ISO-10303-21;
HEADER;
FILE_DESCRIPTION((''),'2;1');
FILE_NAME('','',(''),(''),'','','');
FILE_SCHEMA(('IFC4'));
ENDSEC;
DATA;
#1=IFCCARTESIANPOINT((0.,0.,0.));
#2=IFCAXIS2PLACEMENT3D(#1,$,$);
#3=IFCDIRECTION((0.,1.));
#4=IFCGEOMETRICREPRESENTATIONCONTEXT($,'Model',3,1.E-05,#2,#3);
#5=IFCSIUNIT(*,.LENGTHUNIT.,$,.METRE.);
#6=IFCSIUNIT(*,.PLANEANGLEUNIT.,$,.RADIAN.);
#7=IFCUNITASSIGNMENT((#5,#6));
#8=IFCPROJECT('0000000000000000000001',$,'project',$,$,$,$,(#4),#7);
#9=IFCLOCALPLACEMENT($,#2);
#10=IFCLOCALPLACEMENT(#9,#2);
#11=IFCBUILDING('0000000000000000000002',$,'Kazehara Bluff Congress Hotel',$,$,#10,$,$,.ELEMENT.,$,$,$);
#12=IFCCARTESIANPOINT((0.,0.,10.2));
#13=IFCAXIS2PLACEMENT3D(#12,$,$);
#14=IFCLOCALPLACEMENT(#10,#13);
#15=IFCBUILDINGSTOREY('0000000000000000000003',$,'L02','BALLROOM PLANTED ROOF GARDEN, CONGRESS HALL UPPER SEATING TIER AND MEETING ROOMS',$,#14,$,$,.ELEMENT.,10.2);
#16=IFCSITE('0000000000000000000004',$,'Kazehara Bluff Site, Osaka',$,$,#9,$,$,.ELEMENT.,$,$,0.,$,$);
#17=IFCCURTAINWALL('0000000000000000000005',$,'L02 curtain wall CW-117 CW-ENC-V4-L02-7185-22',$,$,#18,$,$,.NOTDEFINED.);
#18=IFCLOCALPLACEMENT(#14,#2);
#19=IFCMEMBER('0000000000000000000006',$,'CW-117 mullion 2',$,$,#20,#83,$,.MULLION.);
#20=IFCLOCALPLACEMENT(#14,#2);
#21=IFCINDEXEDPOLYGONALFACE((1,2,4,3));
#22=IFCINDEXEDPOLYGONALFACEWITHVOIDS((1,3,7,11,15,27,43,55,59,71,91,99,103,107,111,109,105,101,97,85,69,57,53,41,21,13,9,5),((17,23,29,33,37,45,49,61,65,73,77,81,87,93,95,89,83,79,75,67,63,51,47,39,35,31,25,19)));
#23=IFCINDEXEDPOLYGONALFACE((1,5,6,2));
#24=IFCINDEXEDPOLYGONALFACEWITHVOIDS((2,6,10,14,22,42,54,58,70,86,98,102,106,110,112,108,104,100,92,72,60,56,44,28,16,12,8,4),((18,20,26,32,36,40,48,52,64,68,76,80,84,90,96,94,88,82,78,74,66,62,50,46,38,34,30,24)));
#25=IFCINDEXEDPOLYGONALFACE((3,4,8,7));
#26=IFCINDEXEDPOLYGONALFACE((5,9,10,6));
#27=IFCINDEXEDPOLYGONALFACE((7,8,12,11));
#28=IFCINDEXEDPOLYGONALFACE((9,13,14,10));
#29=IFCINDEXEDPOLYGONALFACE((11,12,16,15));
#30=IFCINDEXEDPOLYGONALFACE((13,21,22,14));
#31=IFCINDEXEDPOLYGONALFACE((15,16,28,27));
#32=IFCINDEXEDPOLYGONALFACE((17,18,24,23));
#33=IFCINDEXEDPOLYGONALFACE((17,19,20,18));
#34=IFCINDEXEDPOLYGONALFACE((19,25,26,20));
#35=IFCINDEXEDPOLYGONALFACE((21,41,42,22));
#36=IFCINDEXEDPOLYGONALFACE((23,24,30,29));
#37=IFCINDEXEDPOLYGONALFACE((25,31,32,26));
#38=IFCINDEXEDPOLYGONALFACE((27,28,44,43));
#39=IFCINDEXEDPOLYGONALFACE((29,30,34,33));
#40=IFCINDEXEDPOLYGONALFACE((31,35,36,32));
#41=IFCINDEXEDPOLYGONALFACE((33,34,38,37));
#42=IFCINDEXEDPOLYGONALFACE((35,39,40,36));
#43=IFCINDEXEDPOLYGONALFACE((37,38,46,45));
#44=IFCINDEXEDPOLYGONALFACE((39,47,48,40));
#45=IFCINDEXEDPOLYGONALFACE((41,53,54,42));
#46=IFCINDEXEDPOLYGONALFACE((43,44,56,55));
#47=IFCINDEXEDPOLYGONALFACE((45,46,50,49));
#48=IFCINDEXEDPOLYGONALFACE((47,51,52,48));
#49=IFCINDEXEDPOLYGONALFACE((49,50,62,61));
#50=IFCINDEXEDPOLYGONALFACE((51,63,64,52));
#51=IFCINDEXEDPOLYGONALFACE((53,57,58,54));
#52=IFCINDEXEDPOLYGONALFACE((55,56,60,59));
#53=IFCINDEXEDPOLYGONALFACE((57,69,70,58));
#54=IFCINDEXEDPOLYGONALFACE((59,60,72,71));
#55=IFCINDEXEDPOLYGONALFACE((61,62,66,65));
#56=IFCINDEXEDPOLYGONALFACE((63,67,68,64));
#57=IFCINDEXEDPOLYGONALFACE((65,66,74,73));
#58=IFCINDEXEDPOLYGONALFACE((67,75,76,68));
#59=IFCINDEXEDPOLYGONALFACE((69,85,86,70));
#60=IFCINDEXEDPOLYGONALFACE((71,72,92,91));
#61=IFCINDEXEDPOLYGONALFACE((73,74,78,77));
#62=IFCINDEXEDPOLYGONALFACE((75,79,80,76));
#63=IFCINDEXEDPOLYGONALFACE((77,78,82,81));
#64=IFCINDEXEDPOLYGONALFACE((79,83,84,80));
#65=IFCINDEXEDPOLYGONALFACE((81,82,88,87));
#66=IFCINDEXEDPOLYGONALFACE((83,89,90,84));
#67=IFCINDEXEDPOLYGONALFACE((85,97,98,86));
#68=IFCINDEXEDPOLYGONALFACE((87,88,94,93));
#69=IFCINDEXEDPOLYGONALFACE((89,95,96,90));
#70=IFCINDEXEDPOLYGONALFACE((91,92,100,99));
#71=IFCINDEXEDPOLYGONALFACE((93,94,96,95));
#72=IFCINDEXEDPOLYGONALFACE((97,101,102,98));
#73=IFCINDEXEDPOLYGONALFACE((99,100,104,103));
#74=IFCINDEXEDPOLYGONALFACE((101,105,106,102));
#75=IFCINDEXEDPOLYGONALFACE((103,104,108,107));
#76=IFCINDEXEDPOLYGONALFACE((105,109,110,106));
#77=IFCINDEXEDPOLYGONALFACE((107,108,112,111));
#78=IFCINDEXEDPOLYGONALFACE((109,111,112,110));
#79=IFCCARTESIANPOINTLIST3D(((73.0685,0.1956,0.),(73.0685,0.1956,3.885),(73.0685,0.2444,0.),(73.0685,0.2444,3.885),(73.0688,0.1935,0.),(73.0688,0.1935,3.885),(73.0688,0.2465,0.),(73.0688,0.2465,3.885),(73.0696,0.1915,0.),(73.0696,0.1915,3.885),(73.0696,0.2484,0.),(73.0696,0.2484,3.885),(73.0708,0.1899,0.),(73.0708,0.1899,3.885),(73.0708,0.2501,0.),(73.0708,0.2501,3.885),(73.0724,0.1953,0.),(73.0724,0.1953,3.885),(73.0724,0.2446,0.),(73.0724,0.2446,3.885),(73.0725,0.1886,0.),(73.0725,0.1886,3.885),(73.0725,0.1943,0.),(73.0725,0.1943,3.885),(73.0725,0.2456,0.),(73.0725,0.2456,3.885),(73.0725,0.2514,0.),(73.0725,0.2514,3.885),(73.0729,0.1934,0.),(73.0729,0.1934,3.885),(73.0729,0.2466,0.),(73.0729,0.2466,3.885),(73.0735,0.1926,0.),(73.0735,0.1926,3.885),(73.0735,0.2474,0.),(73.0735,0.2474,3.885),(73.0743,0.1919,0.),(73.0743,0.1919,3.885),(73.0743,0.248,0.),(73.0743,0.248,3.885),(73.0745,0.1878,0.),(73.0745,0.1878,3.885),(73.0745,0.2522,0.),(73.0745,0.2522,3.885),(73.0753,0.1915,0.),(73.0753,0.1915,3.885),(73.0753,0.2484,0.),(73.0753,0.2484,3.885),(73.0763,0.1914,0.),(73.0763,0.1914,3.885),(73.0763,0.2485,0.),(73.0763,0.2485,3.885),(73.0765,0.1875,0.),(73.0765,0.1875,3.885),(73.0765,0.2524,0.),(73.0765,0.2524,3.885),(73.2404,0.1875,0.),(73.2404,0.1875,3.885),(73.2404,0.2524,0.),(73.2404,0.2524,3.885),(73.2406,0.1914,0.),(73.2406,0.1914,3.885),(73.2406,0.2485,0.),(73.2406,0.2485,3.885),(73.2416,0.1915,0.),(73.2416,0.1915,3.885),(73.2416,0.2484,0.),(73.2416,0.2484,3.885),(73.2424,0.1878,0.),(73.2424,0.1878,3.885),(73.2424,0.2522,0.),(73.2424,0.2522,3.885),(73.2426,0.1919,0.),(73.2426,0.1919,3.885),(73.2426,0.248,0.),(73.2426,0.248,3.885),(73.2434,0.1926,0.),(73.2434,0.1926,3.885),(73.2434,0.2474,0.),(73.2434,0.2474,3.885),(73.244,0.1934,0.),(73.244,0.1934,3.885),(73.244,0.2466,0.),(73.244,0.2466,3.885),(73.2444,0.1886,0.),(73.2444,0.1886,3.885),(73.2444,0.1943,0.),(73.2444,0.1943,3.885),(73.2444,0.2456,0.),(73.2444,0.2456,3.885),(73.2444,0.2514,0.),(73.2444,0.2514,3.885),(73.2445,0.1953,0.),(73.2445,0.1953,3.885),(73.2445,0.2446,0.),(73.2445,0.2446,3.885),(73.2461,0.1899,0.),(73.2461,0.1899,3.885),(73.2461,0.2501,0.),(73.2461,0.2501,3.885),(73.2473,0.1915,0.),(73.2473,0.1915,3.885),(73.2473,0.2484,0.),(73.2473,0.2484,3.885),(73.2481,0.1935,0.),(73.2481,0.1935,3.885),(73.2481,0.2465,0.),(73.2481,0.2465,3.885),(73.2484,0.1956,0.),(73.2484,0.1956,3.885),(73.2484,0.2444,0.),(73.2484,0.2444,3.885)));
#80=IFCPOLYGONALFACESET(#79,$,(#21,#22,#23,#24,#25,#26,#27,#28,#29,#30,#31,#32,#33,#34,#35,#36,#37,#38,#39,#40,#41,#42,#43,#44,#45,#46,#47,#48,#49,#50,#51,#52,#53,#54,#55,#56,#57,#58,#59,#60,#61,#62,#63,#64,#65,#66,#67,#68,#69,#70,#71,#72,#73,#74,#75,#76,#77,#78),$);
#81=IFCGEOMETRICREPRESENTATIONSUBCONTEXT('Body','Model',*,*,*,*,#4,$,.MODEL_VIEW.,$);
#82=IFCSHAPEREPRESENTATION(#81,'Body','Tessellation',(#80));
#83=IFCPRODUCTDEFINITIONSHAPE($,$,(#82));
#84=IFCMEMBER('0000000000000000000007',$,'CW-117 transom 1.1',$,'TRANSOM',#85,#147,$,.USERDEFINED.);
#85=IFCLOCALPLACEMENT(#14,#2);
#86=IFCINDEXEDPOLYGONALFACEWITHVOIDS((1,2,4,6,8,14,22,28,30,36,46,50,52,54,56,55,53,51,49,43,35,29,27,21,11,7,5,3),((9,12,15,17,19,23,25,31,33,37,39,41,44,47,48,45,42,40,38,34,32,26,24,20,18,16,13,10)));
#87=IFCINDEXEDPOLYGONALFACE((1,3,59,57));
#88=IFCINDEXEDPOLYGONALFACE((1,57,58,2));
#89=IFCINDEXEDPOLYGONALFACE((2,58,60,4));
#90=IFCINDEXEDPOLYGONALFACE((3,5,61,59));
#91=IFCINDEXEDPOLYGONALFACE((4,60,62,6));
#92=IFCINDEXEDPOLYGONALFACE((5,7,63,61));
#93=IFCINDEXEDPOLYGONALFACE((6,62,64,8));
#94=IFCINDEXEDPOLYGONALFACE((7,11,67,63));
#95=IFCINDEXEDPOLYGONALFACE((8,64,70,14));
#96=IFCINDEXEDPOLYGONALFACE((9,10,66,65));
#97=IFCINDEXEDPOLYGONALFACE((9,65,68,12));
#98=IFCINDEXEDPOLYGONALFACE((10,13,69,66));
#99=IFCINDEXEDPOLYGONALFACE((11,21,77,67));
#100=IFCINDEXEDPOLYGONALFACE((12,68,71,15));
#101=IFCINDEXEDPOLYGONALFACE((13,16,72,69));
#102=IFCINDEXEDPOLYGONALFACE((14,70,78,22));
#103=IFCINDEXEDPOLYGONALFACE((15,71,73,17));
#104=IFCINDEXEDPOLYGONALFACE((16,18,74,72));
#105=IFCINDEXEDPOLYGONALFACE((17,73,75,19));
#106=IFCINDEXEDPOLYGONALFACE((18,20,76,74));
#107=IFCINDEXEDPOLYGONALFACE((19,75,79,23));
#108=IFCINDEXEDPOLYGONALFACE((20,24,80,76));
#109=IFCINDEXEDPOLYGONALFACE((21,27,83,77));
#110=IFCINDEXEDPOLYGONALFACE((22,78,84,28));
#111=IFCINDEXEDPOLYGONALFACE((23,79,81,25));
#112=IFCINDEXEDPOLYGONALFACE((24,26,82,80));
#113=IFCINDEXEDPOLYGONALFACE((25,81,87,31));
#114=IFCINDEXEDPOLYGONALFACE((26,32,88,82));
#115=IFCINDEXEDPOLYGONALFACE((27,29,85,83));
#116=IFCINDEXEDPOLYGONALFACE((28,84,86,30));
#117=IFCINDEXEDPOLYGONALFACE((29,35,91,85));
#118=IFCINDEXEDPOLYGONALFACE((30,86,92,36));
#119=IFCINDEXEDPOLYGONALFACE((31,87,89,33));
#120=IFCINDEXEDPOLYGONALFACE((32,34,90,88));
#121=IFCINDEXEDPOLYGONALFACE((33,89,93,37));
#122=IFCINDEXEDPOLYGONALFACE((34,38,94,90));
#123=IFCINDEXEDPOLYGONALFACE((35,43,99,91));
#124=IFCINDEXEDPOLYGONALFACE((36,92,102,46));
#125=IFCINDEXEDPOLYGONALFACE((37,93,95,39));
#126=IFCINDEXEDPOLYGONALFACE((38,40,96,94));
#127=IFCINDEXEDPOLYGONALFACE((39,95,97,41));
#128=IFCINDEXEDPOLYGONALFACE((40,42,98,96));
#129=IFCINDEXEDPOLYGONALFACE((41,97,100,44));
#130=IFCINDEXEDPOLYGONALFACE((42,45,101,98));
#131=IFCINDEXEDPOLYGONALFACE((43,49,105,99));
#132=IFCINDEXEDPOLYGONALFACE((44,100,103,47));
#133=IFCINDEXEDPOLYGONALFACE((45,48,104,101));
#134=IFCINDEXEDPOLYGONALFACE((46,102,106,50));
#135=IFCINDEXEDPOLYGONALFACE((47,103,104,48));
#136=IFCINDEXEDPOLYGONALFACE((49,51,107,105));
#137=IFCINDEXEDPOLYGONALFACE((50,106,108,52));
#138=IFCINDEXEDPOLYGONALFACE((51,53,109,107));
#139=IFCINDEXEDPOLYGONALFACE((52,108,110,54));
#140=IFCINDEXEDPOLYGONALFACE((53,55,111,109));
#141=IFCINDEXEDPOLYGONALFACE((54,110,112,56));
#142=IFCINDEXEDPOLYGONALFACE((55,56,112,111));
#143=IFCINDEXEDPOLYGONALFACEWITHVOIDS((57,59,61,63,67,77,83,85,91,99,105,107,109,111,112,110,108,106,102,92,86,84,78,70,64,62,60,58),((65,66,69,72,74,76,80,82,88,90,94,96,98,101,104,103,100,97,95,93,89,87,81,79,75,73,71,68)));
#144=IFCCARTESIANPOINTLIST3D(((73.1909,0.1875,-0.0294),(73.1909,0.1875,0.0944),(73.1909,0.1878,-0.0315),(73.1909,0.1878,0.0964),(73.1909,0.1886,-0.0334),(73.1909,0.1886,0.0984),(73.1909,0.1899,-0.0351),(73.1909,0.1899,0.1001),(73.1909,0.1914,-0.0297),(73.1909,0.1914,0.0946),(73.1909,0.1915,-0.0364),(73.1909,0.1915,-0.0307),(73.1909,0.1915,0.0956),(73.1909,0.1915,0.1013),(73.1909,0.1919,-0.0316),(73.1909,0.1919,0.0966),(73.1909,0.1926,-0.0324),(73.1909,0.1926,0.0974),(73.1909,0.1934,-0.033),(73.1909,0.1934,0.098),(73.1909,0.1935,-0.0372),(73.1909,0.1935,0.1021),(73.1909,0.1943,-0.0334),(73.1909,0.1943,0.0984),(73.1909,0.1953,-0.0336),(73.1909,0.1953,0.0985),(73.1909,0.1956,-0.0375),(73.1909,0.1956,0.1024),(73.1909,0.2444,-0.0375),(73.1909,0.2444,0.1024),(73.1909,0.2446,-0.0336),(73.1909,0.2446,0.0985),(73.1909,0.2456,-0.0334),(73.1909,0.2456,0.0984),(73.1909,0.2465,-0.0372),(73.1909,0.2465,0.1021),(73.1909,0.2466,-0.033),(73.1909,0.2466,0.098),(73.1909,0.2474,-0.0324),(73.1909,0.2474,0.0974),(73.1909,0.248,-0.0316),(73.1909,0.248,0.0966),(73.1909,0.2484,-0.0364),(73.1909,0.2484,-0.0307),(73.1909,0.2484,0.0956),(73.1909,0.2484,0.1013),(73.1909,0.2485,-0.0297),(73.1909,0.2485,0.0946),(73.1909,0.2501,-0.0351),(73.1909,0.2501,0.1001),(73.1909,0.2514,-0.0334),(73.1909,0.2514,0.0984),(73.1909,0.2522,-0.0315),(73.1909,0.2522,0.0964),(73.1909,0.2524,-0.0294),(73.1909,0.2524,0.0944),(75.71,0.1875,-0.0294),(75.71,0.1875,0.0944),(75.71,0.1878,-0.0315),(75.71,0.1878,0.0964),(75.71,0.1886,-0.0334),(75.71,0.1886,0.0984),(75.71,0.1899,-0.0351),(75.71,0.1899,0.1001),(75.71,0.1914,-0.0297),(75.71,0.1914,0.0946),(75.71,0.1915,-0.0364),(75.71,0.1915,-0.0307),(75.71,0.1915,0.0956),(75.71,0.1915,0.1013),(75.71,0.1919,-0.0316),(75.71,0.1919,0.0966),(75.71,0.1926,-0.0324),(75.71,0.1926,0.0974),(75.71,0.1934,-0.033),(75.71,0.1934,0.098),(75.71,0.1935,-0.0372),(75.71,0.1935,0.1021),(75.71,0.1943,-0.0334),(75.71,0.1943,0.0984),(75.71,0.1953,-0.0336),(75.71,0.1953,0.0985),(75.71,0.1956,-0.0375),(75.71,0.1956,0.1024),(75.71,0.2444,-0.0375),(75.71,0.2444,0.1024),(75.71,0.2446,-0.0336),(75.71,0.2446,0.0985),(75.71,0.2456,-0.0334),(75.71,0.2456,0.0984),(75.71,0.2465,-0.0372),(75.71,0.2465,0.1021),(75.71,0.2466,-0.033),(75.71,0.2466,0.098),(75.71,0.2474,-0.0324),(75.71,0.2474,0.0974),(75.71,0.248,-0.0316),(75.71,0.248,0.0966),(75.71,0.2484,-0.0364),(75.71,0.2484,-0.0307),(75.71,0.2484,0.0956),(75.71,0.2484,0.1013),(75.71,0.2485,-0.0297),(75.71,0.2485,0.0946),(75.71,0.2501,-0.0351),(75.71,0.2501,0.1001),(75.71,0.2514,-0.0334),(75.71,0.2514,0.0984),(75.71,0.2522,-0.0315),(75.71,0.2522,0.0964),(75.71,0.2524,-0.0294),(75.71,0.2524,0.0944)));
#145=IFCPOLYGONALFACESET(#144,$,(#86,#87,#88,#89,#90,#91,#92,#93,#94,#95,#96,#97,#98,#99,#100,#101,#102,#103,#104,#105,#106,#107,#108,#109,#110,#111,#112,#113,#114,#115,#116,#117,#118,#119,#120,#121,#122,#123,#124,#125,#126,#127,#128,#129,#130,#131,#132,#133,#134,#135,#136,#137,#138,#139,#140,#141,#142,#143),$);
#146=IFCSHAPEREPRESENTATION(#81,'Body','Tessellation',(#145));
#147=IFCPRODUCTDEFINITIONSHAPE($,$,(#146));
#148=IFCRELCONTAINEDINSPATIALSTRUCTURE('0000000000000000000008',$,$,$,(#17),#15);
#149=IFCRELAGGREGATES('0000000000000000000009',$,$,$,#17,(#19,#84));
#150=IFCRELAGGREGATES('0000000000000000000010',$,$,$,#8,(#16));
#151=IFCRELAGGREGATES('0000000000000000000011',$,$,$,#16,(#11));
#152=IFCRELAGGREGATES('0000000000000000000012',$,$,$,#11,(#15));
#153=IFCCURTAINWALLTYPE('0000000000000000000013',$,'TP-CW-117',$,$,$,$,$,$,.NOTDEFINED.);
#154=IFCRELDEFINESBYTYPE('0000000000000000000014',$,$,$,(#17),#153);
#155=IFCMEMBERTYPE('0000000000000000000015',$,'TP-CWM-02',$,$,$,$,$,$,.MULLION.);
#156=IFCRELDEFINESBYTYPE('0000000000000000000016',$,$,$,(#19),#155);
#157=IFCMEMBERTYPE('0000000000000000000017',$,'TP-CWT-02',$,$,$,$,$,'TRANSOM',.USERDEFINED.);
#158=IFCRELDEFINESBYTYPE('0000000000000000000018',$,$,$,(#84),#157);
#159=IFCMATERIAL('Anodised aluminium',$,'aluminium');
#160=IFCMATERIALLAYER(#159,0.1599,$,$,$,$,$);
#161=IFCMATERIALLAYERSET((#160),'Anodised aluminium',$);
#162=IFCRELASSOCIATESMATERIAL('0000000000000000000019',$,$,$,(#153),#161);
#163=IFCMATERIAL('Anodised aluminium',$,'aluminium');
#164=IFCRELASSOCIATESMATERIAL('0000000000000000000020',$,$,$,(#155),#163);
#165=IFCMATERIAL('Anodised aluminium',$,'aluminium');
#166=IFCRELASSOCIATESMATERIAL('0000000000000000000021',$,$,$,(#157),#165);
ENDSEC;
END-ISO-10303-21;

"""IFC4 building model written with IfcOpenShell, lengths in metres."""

from ifc_helpers import new_model, si_unit, direction, frame, origin, origin_2d, place, context, subcontext, project, spatial, hollow_rectangle, extrude, material, layer, layer_set, material_profile, profile_set, type_object, element, aggregate, save


model = new_model("IFC4")

# Units and contexts
model_context = context("Model", 3, precision=1e-05, world=origin(), true_north=direction((0.0, 1.0)))
body_context = subcontext(model_context, "Body", "Model", "MODEL_VIEW")
ifc_project = project(units=[si_unit("LENGTHUNIT", "METRE"), si_unit("PLANEANGLEUNIT", "RADIAN")], contexts=[model_context])

# Site, building, storey
site_placement = place(None, origin())
site = spatial("IfcSite", under=ifc_project, at=site_placement, Name="Kazehara Bluff Site, Osaka", CompositionType="ELEMENT", RefElevation=0.0)
building_placement = place(site_placement, origin())
building = spatial("IfcBuilding", under=site, at=building_placement, Name="Kazehara Bluff Congress Hotel", CompositionType="ELEMENT")
storey_placement = place(building_placement, frame((0.0, 0.0, 10.2)))
storey = spatial("IfcBuildingStorey", under=building, at=storey_placement, Name="L02", Description="BALLROOM PLANTED ROOF GARDEN, CONGRESS HALL UPPER SEATING TIER AND MEETING ROOMS", CompositionType="ELEMENT", Elevation=10.2)

# Curtain wall, members
ifc_material_1 = material(Name="Anodised aluminium", Category="aluminium")
ifc_layer_1 = layer(ifc_material_1, 0.1599)
ifc_layer_set_1 = layer_set([ifc_layer_1], Name="Anodised aluminium")
curtain_wall_type = type_object("IfcCurtainWallType", Name="TP-CW-117", PredefinedType="NOTDEFINED", material=ifc_layer_set_1)
curtain_wall_placement = place(storey_placement, origin())
curtain_wall = element("IfcCurtainWall", 1, at=curtain_wall_placement, inside=storey, type_object=curtain_wall_type, Name="L02 curtain wall CW-117 CW-ENC-V4-L02-7185-22", PredefinedType="NOTDEFINED")
ifc_material_2 = material(Name="Anodised aluminium", Category="aluminium")
ifc_material_profile_1 = material_profile(ifc_material_2, hollow_rectangle(XDim=0.0649, YDim=0.1799, WallThickness=0.0039, InnerFilletRadius=0.0039, OuterFilletRadius=0.0081, at=origin_2d()))
ifc_profile_set_1 = profile_set([ifc_material_profile_1], Name="Anodised aluminium")
member_type_1 = type_object("IfcMemberType", Name="TP-CWM-02", PredefinedType="MULLION", material=ifc_profile_set_1)
member_1_placement = place(storey_placement, frame((73.1584, 0.22, 0.0), z_axis=(0.0, 0.0, 1.0), x_axis=(0.0, -1.0, 0.0)))
member_1 = element("IfcMember", 2, at=member_1_placement, type_object=member_type_1, Name="CW-117 mullion 2", PredefinedType="MULLION", context=body_context, shape_type="SweptSolid", body=[
    extrude(hollow_rectangle(XDim=0.0649, YDim=0.1799, WallThickness=0.0039, InnerFilletRadius=0.0039, OuterFilletRadius=0.0081, at=origin_2d()), origin(), (0.0, 0.0, 1.0), 3.885),
])
ifc_material_3 = material(Name="Anodised aluminium", Category="aluminium")
ifc_material_profile_2 = material_profile(ifc_material_3, hollow_rectangle(XDim=0.0649, YDim=0.1399, WallThickness=0.0039, InnerFilletRadius=0.0039, OuterFilletRadius=0.0081, at=origin_2d()))
ifc_profile_set_2 = profile_set([ifc_material_profile_2], Name="Anodised aluminium")
member_type_2 = type_object("IfcMemberType", Name="TP-CWT-02", ElementType="TRANSOM", PredefinedType="USERDEFINED", material=ifc_profile_set_2)
member_2_placement = place(storey_placement, frame((75.71, 0.22, 0.0325), z_axis=(-1.0, 0.0, 0.0), x_axis=(0.0, -1.0, 0.0)))
member_2 = element("IfcMember", 3, at=member_2_placement, type_object=member_type_2, Name="CW-117 transom 1.1", ObjectType="TRANSOM", PredefinedType="USERDEFINED", context=body_context, shape_type="SweptSolid", body=[
    extrude(hollow_rectangle(XDim=0.0649, YDim=0.1399, WallThickness=0.0039, InnerFilletRadius=0.0039, OuterFilletRadius=0.0081, at=origin_2d()), origin(), (0.0, 0.0, 1.0), 2.519),
])
aggregate(curtain_wall, [member_1, member_2])

save(model, "model.ifc")
